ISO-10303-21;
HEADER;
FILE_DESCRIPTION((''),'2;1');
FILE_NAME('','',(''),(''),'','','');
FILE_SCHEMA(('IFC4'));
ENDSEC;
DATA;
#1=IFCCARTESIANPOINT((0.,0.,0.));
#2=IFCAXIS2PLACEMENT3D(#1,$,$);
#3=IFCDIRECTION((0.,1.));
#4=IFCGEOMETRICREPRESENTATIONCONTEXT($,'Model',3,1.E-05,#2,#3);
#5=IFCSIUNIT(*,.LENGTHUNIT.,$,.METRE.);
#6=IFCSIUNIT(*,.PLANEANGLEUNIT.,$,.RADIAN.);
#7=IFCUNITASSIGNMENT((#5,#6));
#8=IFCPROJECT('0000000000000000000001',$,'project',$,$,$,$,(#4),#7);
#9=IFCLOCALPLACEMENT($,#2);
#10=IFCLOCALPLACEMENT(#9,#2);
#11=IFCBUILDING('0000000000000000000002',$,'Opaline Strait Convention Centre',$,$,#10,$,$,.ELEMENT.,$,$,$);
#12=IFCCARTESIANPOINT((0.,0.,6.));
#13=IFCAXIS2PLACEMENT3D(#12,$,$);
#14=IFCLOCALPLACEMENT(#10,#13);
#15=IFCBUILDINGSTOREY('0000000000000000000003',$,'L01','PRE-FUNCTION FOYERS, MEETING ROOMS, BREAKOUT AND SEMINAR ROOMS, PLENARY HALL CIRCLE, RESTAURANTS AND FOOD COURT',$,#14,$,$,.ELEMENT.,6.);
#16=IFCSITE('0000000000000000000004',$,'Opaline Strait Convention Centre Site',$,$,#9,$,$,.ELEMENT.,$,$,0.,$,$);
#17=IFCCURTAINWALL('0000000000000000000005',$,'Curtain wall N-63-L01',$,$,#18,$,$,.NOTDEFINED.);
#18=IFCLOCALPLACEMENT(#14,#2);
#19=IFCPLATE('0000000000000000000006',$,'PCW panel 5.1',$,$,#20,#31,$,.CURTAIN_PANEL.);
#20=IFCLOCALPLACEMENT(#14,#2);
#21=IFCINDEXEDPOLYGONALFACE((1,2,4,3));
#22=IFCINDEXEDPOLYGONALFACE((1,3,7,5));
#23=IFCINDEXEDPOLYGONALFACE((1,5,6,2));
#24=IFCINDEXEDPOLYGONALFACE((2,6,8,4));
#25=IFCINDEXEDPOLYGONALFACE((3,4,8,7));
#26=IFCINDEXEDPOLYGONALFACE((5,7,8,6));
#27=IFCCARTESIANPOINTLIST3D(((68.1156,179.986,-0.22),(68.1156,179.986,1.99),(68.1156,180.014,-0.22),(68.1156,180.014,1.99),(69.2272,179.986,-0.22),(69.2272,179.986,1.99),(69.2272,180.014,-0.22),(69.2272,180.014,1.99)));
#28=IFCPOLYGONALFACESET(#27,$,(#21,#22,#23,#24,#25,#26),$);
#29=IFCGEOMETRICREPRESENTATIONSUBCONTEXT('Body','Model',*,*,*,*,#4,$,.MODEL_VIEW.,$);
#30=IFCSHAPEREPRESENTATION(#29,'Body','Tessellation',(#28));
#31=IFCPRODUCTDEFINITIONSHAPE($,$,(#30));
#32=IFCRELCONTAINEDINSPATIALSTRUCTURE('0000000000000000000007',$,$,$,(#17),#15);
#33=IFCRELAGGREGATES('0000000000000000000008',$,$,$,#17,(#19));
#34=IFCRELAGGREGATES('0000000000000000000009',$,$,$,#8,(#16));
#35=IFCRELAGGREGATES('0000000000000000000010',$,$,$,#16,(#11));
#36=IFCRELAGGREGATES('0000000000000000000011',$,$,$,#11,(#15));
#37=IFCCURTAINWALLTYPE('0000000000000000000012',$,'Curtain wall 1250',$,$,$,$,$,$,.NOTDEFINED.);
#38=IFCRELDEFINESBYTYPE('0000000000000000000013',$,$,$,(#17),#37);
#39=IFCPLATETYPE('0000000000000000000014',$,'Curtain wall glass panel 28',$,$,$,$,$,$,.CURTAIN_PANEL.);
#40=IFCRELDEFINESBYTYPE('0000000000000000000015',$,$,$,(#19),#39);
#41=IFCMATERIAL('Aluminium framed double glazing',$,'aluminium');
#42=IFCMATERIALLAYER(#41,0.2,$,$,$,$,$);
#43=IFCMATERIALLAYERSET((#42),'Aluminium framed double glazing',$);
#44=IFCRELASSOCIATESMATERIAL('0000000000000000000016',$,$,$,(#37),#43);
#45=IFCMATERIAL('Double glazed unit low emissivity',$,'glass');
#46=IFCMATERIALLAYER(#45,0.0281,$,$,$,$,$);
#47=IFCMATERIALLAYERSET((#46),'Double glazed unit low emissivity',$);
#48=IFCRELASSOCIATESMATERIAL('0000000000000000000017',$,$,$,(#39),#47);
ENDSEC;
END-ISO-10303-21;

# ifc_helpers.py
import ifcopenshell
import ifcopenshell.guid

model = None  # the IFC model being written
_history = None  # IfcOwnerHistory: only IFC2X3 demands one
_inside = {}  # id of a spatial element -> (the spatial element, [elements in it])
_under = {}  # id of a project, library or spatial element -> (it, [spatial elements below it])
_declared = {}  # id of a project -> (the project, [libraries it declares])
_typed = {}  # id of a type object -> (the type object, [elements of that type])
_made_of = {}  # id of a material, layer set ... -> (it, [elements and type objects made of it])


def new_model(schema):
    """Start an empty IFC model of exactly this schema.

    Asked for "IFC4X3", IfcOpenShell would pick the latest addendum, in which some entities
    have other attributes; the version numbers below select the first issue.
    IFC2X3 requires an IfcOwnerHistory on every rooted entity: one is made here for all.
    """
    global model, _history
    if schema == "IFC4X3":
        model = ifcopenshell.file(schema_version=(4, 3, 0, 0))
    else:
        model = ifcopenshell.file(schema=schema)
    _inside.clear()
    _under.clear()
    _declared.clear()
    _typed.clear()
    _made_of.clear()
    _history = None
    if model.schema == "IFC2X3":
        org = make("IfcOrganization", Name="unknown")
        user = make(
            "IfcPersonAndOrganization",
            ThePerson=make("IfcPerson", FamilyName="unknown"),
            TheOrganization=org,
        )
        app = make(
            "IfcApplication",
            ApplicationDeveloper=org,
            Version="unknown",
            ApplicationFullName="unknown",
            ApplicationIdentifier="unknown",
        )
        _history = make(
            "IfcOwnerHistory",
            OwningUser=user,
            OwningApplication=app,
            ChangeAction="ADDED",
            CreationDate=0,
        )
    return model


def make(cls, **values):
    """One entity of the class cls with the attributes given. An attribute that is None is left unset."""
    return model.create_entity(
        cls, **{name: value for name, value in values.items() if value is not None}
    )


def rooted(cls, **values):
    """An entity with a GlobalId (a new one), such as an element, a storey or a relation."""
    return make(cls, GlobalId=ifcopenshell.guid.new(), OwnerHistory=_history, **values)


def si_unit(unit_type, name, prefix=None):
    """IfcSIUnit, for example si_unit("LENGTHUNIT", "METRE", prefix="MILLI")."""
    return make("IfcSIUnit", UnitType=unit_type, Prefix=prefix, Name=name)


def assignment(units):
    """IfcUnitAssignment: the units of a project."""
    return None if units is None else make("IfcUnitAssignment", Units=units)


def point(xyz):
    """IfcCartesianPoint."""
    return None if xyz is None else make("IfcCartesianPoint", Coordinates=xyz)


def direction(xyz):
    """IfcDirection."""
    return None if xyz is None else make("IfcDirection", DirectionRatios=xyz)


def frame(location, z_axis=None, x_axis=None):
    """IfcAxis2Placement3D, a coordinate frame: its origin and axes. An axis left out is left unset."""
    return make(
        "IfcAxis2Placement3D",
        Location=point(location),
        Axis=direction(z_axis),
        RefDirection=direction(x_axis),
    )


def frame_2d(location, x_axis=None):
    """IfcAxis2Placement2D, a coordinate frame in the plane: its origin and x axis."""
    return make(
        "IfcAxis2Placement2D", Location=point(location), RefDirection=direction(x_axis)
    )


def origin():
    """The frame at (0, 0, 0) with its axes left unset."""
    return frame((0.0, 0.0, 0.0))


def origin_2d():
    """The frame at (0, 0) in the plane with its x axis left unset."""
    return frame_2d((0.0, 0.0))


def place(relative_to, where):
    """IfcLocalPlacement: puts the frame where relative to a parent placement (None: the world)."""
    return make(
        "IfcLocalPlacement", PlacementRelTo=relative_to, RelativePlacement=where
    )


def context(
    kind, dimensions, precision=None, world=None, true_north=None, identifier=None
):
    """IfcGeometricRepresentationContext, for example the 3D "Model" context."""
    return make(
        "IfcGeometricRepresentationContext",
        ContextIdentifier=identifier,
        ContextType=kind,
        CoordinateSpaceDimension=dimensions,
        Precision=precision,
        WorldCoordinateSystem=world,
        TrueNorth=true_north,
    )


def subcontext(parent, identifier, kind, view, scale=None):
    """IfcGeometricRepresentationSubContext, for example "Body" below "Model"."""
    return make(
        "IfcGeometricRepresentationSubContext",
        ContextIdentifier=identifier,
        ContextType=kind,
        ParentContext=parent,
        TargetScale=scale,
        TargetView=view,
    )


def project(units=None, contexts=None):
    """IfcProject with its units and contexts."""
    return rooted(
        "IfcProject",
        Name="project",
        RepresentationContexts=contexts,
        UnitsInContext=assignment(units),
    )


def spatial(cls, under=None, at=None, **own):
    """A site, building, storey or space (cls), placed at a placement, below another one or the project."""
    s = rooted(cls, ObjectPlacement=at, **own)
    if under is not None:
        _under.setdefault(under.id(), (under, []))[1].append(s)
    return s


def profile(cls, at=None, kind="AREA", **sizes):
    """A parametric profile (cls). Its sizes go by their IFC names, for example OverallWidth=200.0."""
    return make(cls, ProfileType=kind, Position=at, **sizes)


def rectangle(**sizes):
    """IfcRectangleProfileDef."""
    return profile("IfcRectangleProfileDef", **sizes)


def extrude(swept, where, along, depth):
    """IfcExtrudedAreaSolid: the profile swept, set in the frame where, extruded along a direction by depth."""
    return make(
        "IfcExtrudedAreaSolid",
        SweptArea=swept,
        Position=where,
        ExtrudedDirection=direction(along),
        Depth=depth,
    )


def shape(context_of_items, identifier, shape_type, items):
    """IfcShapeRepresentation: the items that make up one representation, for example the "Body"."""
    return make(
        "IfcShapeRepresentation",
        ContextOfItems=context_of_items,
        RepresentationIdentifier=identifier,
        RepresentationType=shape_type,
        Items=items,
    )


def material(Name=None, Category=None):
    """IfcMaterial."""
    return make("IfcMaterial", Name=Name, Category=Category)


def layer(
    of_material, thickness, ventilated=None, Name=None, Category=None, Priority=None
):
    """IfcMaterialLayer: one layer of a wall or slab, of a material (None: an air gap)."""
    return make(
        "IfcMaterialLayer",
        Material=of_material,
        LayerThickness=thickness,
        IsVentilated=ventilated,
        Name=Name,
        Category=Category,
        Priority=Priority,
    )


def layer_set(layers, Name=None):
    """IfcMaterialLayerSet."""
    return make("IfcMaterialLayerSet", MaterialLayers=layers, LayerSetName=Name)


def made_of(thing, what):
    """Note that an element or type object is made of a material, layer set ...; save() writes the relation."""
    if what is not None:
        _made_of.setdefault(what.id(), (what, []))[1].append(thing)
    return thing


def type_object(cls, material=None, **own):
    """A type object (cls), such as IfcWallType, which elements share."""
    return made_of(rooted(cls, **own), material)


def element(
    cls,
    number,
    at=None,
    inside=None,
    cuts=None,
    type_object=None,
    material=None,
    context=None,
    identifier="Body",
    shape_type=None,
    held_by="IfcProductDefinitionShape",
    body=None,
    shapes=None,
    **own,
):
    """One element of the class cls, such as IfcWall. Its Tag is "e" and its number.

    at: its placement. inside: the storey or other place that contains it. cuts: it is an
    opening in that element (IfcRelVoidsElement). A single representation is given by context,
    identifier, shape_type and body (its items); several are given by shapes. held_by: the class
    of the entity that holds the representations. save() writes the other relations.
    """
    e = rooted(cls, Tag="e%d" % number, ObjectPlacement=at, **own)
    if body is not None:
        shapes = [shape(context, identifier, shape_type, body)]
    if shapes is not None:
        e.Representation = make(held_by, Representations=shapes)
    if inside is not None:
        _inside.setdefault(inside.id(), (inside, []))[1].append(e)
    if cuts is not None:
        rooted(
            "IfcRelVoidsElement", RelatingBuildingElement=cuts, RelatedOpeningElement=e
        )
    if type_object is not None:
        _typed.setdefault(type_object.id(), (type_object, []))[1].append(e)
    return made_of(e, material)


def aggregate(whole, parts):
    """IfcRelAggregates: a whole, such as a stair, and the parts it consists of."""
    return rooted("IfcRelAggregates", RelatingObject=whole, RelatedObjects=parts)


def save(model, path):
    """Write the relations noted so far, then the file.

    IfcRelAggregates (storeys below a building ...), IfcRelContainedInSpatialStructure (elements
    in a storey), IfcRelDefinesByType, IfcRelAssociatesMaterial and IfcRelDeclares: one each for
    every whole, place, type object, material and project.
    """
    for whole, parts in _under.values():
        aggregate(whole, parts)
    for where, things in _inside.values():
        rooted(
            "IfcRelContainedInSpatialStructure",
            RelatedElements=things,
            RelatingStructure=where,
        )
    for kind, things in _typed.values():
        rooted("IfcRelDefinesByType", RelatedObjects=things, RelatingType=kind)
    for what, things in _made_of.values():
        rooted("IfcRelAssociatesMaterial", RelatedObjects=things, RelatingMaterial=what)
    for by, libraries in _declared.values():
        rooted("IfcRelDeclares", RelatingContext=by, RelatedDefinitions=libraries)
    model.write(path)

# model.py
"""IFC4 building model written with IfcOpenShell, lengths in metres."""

from ifc_helpers import new_model, si_unit, direction, frame, origin, origin_2d, place, context, subcontext, project, spatial, rectangle, extrude, material, layer, layer_set, type_object, element, aggregate, save


model = new_model("IFC4")

# Units and contexts
model_context = context("Model", 3, precision=1e-05, world=origin(), true_north=direction((0.0, 1.0)))
body_context = subcontext(model_context, "Body", "Model", "MODEL_VIEW")
ifc_project = project(units=[si_unit("LENGTHUNIT", "METRE"), si_unit("PLANEANGLEUNIT", "RADIAN")], contexts=[model_context])

# Site, building, storey
site_placement = place(None, origin())
site = spatial("IfcSite", under=ifc_project, at=site_placement, Name="Opaline Strait Convention Centre Site", CompositionType="ELEMENT", RefElevation=0.0)
building_placement = place(site_placement, origin())
building = spatial("IfcBuilding", under=site, at=building_placement, Name="Opaline Strait Convention Centre", CompositionType="ELEMENT")
storey_placement = place(building_placement, frame((0.0, 0.0, 6.0)))
storey = spatial("IfcBuildingStorey", under=building, at=storey_placement, Name="L01", Description="PRE-FUNCTION FOYERS, MEETING ROOMS, BREAKOUT AND SEMINAR ROOMS, PLENARY HALL CIRCLE, RESTAURANTS AND FOOD COURT", CompositionType="ELEMENT", Elevation=6.0)

# Curtain wall, plate
ifc_material_1 = material(Name="Aluminium framed double glazing", Category="aluminium")
ifc_layer_1 = layer(ifc_material_1, 0.2)
ifc_layer_set_1 = layer_set([ifc_layer_1], Name="Aluminium framed double glazing")
curtain_wall_type = type_object("IfcCurtainWallType", Name="Curtain wall 1250", PredefinedType="NOTDEFINED", material=ifc_layer_set_1)
curtain_wall_placement = place(storey_placement, origin())
curtain_wall = element("IfcCurtainWall", 1, at=curtain_wall_placement, inside=storey, type_object=curtain_wall_type, Name="Curtain wall N-63-L01", PredefinedType="NOTDEFINED")
ifc_material_2 = material(Name="Double glazed unit low emissivity", Category="glass")
ifc_layer_2 = layer(ifc_material_2, 0.0281)
ifc_layer_set_2 = layer_set([ifc_layer_2], Name="Double glazed unit low emissivity")
plate_type = type_object("IfcPlateType", Name="Curtain wall glass panel 28", PredefinedType="CURTAIN_PANEL", material=ifc_layer_set_2)
plate_1_placement = place(storey_placement, frame((68.6714, 180.0, -0.22), z_axis=(0.0, 0.0, 1.0), x_axis=(1.0, 0.0, 0.0)))
plate_1 = element("IfcPlate", 2, at=plate_1_placement, type_object=plate_type, Name="PCW panel 5.1", PredefinedType="CURTAIN_PANEL", context=body_context, shape_type="SweptSolid", body=[
    extrude(rectangle(XDim=1.1116, YDim=0.0281, at=origin_2d()), origin(), (0.0, 0.0, 1.0), 2.21),
])
aggregate(curtain_wall, [plate_1])

save(model, "model.ifc")
